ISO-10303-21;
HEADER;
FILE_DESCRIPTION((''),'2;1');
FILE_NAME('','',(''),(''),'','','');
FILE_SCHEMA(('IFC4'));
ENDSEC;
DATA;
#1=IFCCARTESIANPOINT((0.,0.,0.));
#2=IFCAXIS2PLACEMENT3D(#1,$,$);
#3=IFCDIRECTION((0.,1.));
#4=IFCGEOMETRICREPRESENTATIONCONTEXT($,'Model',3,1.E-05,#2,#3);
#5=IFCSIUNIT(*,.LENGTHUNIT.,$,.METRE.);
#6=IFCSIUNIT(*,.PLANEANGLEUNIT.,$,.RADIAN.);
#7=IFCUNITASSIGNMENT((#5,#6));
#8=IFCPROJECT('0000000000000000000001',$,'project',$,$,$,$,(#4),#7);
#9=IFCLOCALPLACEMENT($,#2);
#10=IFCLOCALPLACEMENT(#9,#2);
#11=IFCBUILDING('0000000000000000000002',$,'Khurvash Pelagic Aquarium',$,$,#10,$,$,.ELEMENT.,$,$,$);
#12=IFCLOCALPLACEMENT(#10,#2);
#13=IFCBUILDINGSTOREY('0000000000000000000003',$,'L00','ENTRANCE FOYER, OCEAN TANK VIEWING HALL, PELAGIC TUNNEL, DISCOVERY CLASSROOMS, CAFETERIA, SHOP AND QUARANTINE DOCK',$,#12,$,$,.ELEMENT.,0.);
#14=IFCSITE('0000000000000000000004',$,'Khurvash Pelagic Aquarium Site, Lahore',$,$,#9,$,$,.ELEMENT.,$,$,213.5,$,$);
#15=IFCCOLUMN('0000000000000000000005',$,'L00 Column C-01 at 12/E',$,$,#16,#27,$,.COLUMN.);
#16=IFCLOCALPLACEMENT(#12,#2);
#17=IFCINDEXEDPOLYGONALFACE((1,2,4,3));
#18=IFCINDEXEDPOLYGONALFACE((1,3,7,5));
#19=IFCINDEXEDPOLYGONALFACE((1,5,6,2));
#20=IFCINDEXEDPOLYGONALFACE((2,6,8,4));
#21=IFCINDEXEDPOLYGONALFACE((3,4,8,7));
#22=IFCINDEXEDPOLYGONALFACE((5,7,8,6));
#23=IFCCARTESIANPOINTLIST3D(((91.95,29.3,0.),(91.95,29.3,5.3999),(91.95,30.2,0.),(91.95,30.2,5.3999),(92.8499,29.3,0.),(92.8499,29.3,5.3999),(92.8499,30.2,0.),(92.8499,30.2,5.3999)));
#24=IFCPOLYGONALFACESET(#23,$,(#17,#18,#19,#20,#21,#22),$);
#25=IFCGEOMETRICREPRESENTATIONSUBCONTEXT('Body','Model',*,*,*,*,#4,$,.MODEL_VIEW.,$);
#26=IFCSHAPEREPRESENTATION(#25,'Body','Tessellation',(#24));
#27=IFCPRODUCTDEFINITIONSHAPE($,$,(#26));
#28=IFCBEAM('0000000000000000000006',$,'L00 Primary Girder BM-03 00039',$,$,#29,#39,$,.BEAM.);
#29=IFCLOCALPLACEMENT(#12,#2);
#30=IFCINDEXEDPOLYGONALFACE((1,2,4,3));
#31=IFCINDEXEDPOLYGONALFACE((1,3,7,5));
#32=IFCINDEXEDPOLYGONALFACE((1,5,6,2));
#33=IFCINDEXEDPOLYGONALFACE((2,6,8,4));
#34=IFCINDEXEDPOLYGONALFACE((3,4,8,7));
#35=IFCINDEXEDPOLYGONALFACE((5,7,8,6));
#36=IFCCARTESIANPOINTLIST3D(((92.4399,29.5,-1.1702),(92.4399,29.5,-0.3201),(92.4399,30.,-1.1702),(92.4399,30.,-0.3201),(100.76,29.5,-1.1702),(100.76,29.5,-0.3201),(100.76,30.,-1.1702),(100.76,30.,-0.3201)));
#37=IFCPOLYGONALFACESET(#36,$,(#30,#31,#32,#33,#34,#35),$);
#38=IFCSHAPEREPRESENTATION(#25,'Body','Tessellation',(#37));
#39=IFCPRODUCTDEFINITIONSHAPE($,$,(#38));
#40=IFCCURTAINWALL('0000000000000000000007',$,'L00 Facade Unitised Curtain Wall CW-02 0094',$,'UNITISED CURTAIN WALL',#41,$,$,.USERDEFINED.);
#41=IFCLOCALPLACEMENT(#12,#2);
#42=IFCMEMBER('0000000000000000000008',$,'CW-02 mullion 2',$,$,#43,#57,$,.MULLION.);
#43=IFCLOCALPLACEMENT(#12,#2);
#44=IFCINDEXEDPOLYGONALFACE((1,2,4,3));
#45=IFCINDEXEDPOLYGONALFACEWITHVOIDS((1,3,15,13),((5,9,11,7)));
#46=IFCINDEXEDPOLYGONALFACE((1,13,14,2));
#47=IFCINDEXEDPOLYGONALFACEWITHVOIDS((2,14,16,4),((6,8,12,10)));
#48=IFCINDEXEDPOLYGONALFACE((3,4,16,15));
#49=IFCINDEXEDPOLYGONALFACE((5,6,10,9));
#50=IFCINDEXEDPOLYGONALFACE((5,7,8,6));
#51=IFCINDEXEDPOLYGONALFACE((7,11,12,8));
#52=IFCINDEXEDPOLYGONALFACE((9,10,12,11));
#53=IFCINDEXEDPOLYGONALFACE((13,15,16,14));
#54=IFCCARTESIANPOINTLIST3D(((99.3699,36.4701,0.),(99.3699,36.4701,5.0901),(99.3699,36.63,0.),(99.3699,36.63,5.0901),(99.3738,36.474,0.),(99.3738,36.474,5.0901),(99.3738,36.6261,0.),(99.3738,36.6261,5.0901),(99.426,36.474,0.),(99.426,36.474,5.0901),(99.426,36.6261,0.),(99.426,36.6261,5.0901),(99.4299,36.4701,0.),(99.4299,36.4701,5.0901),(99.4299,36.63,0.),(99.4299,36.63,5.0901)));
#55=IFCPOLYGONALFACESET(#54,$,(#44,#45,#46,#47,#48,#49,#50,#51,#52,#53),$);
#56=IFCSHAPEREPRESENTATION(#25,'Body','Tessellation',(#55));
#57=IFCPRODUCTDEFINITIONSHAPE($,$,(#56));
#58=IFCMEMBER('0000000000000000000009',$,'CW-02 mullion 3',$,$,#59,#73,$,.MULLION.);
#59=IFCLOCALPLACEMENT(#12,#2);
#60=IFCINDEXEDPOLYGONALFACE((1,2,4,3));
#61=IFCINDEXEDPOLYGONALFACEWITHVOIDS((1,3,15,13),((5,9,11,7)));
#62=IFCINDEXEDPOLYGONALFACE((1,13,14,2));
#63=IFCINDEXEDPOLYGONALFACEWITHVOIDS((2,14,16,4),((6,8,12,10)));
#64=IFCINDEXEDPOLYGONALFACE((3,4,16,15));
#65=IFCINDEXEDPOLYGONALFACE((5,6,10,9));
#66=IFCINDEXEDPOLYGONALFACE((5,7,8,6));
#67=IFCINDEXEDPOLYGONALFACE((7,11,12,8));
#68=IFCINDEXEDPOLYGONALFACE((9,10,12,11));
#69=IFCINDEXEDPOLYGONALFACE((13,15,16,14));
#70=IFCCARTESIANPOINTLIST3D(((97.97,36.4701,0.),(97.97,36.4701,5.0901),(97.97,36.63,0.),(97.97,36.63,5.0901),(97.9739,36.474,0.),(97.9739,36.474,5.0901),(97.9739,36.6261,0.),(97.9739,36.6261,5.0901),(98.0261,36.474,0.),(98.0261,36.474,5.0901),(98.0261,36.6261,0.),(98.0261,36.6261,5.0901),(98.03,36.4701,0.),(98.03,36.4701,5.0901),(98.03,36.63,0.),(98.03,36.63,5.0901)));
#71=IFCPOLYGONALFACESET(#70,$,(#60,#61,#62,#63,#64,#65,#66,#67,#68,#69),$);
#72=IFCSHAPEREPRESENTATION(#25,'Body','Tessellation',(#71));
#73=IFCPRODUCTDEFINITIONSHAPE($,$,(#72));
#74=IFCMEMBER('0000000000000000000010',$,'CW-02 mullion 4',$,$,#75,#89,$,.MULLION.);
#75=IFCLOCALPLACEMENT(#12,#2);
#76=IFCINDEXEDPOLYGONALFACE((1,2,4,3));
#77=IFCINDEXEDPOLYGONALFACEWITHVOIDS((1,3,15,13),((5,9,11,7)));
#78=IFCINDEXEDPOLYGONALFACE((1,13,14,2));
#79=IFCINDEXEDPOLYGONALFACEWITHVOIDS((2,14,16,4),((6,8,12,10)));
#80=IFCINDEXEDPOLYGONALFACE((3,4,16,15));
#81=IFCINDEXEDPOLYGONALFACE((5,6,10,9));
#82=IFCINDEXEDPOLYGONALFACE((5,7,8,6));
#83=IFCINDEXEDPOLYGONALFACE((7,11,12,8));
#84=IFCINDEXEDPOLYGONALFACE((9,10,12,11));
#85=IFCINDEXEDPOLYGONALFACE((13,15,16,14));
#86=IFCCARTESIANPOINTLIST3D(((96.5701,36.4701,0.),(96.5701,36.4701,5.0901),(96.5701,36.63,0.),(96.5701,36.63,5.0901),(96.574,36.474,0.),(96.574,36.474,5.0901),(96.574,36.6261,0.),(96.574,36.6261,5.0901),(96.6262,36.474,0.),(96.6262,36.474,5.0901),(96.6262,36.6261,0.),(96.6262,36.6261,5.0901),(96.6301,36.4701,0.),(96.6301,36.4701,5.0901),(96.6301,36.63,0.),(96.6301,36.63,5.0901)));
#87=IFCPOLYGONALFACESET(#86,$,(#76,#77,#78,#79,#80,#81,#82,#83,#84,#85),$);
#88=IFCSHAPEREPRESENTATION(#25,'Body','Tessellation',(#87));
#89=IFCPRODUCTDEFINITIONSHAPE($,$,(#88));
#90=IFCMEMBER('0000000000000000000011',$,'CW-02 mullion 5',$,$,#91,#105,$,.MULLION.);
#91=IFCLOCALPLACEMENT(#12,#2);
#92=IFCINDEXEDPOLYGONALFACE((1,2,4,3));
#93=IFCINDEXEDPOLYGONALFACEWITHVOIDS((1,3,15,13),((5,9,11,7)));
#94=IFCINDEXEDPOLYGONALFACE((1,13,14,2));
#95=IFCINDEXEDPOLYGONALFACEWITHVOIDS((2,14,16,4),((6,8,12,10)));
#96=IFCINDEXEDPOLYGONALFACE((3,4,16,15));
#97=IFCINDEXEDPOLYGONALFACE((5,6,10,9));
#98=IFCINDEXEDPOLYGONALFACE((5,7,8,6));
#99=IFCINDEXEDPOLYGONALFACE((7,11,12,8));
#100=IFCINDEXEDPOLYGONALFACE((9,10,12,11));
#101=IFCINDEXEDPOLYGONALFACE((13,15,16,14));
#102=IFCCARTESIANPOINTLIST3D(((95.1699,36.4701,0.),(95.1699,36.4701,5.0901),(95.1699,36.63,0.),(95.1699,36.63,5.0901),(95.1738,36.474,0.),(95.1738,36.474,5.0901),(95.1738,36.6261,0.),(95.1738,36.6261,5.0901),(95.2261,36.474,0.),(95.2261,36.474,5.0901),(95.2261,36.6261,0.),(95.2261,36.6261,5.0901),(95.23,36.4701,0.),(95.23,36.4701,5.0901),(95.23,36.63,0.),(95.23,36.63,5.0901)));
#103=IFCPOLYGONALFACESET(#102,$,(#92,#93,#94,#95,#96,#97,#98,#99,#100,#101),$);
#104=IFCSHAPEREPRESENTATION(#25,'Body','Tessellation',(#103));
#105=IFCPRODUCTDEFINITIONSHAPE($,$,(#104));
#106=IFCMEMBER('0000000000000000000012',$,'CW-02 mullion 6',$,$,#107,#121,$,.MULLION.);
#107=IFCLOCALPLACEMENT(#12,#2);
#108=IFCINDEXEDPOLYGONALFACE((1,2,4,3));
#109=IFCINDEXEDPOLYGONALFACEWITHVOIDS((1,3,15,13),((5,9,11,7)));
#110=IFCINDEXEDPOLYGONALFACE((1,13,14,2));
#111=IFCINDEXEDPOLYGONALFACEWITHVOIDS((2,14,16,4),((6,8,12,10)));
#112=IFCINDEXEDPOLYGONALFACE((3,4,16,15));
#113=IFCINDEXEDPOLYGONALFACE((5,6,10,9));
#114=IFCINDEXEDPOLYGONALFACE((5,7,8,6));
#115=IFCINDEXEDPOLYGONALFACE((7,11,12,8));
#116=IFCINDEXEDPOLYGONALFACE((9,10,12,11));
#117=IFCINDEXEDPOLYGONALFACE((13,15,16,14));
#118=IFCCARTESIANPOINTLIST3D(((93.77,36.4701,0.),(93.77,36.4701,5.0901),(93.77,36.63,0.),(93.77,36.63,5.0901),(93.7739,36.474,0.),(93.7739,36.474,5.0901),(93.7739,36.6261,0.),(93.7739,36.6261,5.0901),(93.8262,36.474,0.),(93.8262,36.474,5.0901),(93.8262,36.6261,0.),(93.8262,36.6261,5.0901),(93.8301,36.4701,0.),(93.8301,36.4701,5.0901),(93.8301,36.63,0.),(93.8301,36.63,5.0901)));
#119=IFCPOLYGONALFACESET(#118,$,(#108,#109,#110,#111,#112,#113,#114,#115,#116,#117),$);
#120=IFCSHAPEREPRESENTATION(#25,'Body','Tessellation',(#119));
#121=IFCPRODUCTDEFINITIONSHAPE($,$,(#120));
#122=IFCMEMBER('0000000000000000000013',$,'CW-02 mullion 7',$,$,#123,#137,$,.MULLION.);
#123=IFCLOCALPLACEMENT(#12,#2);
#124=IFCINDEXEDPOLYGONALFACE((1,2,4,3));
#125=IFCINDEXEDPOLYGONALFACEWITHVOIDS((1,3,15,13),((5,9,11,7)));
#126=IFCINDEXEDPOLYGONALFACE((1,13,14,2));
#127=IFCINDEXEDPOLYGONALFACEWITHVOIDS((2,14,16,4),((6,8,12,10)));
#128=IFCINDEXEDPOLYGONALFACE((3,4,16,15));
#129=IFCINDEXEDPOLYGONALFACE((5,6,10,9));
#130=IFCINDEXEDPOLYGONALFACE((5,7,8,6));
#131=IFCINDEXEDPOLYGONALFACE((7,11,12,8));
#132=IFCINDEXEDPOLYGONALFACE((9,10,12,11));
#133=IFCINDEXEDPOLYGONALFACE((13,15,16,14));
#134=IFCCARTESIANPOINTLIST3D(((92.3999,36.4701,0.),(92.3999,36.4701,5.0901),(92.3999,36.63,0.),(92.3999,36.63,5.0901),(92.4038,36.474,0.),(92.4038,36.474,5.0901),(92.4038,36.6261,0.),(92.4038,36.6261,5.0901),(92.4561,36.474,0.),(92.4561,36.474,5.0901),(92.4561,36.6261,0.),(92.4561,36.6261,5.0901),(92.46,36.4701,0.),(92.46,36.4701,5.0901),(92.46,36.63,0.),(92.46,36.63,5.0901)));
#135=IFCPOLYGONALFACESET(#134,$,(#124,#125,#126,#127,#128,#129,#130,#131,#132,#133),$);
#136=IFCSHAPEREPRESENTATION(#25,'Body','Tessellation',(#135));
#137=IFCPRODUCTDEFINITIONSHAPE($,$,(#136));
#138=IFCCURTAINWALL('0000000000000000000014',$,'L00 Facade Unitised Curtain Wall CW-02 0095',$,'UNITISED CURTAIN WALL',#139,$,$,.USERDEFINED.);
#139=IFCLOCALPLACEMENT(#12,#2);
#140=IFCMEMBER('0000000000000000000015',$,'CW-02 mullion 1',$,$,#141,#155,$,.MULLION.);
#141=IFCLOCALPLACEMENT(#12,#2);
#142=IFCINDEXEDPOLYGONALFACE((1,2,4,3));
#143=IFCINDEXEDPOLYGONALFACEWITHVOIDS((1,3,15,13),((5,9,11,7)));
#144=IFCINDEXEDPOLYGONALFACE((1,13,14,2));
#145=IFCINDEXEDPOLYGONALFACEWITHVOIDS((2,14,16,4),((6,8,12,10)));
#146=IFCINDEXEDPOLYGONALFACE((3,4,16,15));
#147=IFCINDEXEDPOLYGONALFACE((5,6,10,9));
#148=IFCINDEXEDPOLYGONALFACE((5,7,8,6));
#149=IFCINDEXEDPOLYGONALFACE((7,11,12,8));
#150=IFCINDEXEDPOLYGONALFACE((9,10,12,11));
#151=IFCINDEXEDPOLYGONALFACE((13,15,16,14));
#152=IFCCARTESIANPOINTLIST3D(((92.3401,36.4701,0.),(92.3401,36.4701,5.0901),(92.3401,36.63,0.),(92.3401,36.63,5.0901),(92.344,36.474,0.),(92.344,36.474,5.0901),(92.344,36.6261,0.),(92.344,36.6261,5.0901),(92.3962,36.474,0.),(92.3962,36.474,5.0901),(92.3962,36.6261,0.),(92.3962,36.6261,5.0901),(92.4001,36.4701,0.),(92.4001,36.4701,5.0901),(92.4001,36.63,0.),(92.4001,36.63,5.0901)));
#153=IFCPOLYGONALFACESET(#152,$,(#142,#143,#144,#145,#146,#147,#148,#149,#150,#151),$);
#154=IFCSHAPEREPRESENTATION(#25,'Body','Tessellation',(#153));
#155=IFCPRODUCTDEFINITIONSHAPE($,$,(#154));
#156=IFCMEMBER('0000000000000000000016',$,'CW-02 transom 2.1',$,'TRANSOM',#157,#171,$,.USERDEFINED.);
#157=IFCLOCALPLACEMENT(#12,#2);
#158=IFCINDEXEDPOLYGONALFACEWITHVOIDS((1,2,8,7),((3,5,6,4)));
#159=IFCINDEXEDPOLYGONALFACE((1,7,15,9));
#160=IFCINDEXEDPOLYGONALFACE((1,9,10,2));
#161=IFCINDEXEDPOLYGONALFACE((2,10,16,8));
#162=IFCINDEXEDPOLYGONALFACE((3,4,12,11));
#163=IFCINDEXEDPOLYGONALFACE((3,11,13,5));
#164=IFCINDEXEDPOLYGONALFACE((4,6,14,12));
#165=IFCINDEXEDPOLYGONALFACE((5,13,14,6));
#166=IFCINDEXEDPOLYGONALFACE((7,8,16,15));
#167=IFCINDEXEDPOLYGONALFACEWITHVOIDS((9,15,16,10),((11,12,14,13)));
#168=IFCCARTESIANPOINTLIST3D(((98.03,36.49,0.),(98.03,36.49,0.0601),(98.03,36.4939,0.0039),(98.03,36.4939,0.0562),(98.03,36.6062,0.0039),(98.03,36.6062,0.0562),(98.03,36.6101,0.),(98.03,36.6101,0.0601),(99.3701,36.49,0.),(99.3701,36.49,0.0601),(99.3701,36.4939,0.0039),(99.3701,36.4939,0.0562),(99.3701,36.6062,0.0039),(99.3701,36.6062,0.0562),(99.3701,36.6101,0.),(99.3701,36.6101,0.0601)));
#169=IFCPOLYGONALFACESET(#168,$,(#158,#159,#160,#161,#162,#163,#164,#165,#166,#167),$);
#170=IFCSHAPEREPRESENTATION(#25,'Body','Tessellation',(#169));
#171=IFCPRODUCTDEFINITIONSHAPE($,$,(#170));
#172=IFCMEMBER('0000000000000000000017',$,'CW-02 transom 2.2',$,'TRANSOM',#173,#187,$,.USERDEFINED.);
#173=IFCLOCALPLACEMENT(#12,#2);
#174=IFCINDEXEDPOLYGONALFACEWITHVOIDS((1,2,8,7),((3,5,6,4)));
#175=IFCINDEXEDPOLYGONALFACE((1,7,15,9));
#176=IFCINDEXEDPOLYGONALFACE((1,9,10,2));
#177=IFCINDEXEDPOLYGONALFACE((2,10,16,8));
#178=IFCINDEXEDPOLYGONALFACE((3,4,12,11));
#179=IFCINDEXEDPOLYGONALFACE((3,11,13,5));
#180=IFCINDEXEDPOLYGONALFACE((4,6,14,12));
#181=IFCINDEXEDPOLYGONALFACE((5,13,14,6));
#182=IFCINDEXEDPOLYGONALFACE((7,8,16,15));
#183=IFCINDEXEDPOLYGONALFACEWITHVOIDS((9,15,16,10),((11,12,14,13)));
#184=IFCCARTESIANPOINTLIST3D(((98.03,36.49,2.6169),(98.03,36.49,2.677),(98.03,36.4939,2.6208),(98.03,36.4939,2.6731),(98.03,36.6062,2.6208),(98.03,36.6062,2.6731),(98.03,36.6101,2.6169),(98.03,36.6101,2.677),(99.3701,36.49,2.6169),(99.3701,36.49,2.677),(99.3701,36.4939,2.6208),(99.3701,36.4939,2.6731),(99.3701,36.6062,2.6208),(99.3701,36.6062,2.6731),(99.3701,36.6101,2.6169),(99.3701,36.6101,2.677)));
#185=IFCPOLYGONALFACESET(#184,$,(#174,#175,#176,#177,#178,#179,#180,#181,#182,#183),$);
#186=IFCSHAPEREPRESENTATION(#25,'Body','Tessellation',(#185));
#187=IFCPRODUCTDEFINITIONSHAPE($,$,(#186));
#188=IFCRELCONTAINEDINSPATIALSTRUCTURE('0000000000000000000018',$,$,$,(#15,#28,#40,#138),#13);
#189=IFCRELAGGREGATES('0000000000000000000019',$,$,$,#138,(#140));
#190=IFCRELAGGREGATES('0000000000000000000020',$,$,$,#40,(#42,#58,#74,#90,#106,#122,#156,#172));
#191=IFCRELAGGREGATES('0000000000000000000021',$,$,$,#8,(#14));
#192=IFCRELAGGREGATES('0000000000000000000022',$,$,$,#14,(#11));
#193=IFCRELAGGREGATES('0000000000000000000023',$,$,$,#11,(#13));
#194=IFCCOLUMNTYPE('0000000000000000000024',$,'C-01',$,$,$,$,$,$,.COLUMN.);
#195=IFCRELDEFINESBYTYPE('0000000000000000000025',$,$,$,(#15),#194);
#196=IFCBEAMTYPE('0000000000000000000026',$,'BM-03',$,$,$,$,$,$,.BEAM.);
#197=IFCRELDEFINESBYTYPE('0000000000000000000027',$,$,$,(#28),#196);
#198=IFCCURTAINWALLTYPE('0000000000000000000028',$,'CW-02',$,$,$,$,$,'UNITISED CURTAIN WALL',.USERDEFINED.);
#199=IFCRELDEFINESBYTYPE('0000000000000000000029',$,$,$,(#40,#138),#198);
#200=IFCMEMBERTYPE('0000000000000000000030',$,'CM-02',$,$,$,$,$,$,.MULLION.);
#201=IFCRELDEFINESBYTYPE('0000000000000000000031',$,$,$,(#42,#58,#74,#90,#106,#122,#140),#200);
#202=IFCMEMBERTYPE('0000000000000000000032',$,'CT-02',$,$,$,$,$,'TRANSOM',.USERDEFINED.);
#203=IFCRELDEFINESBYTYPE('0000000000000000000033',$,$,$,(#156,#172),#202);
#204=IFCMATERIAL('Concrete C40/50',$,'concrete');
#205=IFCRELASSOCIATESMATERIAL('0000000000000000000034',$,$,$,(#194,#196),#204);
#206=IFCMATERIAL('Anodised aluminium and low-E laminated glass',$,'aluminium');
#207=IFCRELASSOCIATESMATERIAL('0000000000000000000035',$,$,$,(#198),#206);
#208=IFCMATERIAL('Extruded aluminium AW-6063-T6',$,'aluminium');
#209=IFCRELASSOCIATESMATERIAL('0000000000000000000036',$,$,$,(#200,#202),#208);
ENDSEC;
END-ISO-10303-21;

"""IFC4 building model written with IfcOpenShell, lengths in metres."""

from ifc_helpers import new_model, si_unit, direction, frame, origin, origin_2d, place, context, subcontext, project, spatial, rectangle, hollow_rectangle, extrude, material, material_profile, profile_set, type_object, element, aggregate, save


model = new_model("IFC4")

# Units and contexts
model_context = context("Model", 3, precision=1e-05, world=origin(), true_north=direction((0.0, 1.0)))
body_context = subcontext(model_context, "Body", "Model", "MODEL_VIEW")
ifc_project = project(units=[si_unit("LENGTHUNIT", "METRE"), si_unit("PLANEANGLEUNIT", "RADIAN")], contexts=[model_context])

# Site, building, storey
site_placement = place(None, origin())
site = spatial("IfcSite", under=ifc_project, at=site_placement, Name="Khurvash Pelagic Aquarium Site, Lahore", CompositionType="ELEMENT", RefElevation=213.5)
building_placement = place(site_placement, origin())
building = spatial("IfcBuilding", under=site, at=building_placement, Name="Khurvash Pelagic Aquarium", CompositionType="ELEMENT")
storey_placement = place(building_placement, origin())
storey = spatial("IfcBuildingStorey", under=building, at=storey_placement, Name="L00", Description="ENTRANCE FOYER, OCEAN TANK VIEWING HALL, PELAGIC TUNNEL, DISCOVERY CLASSROOMS, CAFETERIA, SHOP AND QUARANTINE DOCK", CompositionType="ELEMENT", Elevation=0.0)

# Column
ifc_material_1 = material(Name="Concrete C40/50", Category="concrete")
ifc_material_profile_1 = material_profile(ifc_material_1, rectangle(XDim=0.8999, YDim=0.8999, at=origin_2d()), Name="RC900X900")
ifc_profile_set_1 = profile_set([ifc_material_profile_1], Name="Concrete C40/50")
column_type = type_object("IfcColumnType", Name="C-01", PredefinedType="COLUMN", material=ifc_profile_set_1)
column_placement = place(storey_placement, frame((92.3999, 29.75, 0.0), z_axis=(0.0, 0.0, 1.0), x_axis=(1.0, 0.0, 0.0)))
element("IfcColumn", 1, at=column_placement, inside=storey, type_object=column_type, Name="L00 Column C-01 at 12/E", PredefinedType="COLUMN", context=body_context, shape_type="SweptSolid", body=[
    extrude(rectangle(XDim=0.8999, YDim=0.8999, at=origin_2d()), origin(), (0.0, 0.0, 1.0), 5.3999),
])

# Beam
ifc_material_profile_2 = material_profile(ifc_material_1, rectangle(XDim=0.5, YDim=0.8501, at=origin_2d()), Name="RC500X850")
ifc_profile_set_2 = profile_set([ifc_material_profile_2], Name="Concrete C40/50")
beam_type = type_object("IfcBeamType", Name="BM-03", PredefinedType="BEAM", material=ifc_profile_set_2)
beam_placement = place(storey_placement, frame((92.4399, 29.75, -0.7451), z_axis=(1.0, 0.0, 0.0), x_axis=(0.0, 1.0, 0.0)))
element("IfcBeam", 2, at=beam_placement, inside=storey, type_object=beam_type, Name="L00 Primary Girder BM-03 00039", PredefinedType="BEAM", context=body_context, shape_type="SweptSolid", body=[
    extrude(rectangle(XDim=0.5, YDim=0.8501, at=origin_2d()), origin(), (0.0, 0.0, 1.0), 8.3201),
])

# Curtain wall, members
ifc_material_2 = material(Name="Anodised aluminium and low-E laminated glass", Category="aluminium")
curtain_wall_type = type_object("IfcCurtainWallType", Name="CW-02", ElementType="UNITISED CURTAIN WALL", PredefinedType="USERDEFINED", material=ifc_material_2)
curtain_wall_1_placement = place(storey_placement, origin())
curtain_wall_1 = element("IfcCurtainWall", 3, at=curtain_wall_1_placement, inside=storey, type_object=curtain_wall_type, Name="L00 Facade Unitised Curtain Wall CW-02 0094", ObjectType="UNITISED CURTAIN WALL", PredefinedType="USERDEFINED")
ifc_material_3 = material(Name="Extruded aluminium AW-6063-T6", Category="aluminium")
ifc_material_profile_3 = material_profile(ifc_material_3, hollow_rectangle(XDim=0.0601, YDim=0.1599, WallThickness=0.0039, at=origin_2d()), Name="CWM60X160X4")
ifc_profile_set_3 = profile_set([ifc_material_profile_3], Name="Extruded aluminium AW-6063-T6")
member_type_1 = type_object("IfcMemberType", Name="CM-02", PredefinedType="MULLION", material=ifc_profile_set_3)
member_1_placement = place(storey_placement, frame((99.3999, 36.55, 0.0), z_axis=(0.0, 0.0, 1.0), x_axis=(-1.0, 0.0, 0.0)))
member_1 = element("IfcMember", 4, at=member_1_placement, type_object=member_type_1, Name="CW-02 mullion 2", PredefinedType="MULLION", context=body_context, shape_type="SweptSolid", body=[
    extrude(hollow_rectangle(XDim=0.0601, YDim=0.1599, WallThickness=0.0039, at=origin_2d()), origin(), (0.0, 0.0, 1.0), 5.0901),
])
member_2_placement = place(storey_placement, frame((98.0, 36.55, 0.0), z_axis=(0.0, 0.0, 1.0), x_axis=(-1.0, 0.0, 0.0)))
member_2 = element("IfcMember", 5, at=member_2_placement, type_object=member_type_1, Name="CW-02 mullion 3", PredefinedType="MULLION", context=body_context, shape_type="SweptSolid", body=[
    extrude(hollow_rectangle(XDim=0.0601, YDim=0.1599, WallThickness=0.0039, at=origin_2d()), origin(), (0.0, 0.0, 1.0), 5.0901),
])
member_3_placement = place(storey_placement, frame((96.6001, 36.55, 0.0), z_axis=(0.0, 0.0, 1.0), x_axis=(-1.0, 0.0, 0.0)))
member_3 = element("IfcMember", 6, at=member_3_placement, type_object=member_type_1, Name="CW-02 mullion 4", PredefinedType="MULLION", context=body_context, shape_type="SweptSolid", body=[
    extrude(hollow_rectangle(XDim=0.0601, YDim=0.1599, WallThickness=0.0039, at=origin_2d()), origin(), (0.0, 0.0, 1.0), 5.0901),
])
member_4_placement = place(storey_placement, frame((95.2, 36.55, 0.0), z_axis=(0.0, 0.0, 1.0), x_axis=(-1.0, 0.0, 0.0)))
member_4 = element("IfcMember", 7, at=member_4_placement, type_object=member_type_1, Name="CW-02 mullion 5", PredefinedType="MULLION", context=body_context, shape_type="SweptSolid", body=[
    extrude(hollow_rectangle(XDim=0.0601, YDim=0.1599, WallThickness=0.0039, at=origin_2d()), origin(), (0.0, 0.0, 1.0), 5.0901),
])
member_5_placement = place(storey_placement, frame((93.8, 36.55, 0.0), z_axis=(0.0, 0.0, 1.0), x_axis=(-1.0, 0.0, 0.0)))
member_5 = element("IfcMember", 8, at=member_5_placement, type_object=member_type_1, Name="CW-02 mullion 6", PredefinedType="MULLION", context=body_context, shape_type="SweptSolid", body=[
    extrude(hollow_rectangle(XDim=0.0601, YDim=0.1599, WallThickness=0.0039, at=origin_2d()), origin(), (0.0, 0.0, 1.0), 5.0901),
])
member_6_placement = place(storey_placement, frame((92.4299, 36.55, 0.0), z_axis=(0.0, 0.0, 1.0), x_axis=(-1.0, 0.0, 0.0)))
member_6 = element("IfcMember", 9, at=member_6_placement, type_object=member_type_1, Name="CW-02 mullion 7", PredefinedType="MULLION", context=body_context, shape_type="SweptSolid", body=[
    extrude(hollow_rectangle(XDim=0.0601, YDim=0.1599, WallThickness=0.0039, at=origin_2d()), origin(), (0.0, 0.0, 1.0), 5.0901),
])

# Curtain wall, member
curtain_wall_2_placement = place(storey_placement, origin())
curtain_wall_2 = element("IfcCurtainWall", 10, at=curtain_wall_2_placement, inside=storey, type_object=curtain_wall_type, Name="L00 Facade Unitised Curtain Wall CW-02 0095", ObjectType="UNITISED CURTAIN WALL", PredefinedType="USERDEFINED")
member_7_placement = place(storey_placement, frame((92.3701, 36.55, 0.0), z_axis=(0.0, 0.0, 1.0), x_axis=(-1.0, 0.0, 0.0)))
member_7 = element("IfcMember", 11, at=member_7_placement, type_object=member_type_1, Name="CW-02 mullion 1", PredefinedType="MULLION", context=body_context, shape_type="SweptSolid", body=[
    extrude(hollow_rectangle(XDim=0.0601, YDim=0.1599, WallThickness=0.0039, at=origin_2d()), origin(), (0.0, 0.0, 1.0), 5.0901),
])

# Members
ifc_material_profile_4 = material_profile(ifc_material_3, hollow_rectangle(XDim=0.1201, YDim=0.0601, WallThickness=0.0039, at=origin_2d()), Name="CWT120X60X4")
ifc_profile_set_4 = profile_set([ifc_material_profile_4], Name="Extruded aluminium AW-6063-T6")
member_type_2 = type_object("IfcMemberType", Name="CT-02", ElementType="TRANSOM", PredefinedType="USERDEFINED", material=ifc_profile_set_4)
member_8_placement = place(storey_placement, frame((99.3701, 36.55, 0.03), z_axis=(-1.0, 0.0, 0.0), x_axis=(0.0, -1.0, 0.0)))
member_8 = element("IfcMember", 12, at=member_8_placement, type_object=member_type_2, Name="CW-02 transom 2.1", ObjectType="TRANSOM", PredefinedType="USERDEFINED", context=body_context, shape_type="SweptSolid", body=[
    extrude(hollow_rectangle(XDim=0.1201, YDim=0.0601, WallThickness=0.0039, at=origin_2d()), origin(), (0.0, 0.0, 1.0), 1.3401),
])
member_9_placement = place(storey_placement, frame((99.3701, 36.55, 2.647), z_axis=(-1.0, 0.0, 0.0), x_axis=(0.0, -1.0, 0.0)))
member_9 = element("IfcMember", 13, at=member_9_placement, type_object=member_type_2, Name="CW-02 transom 2.2", ObjectType="TRANSOM", PredefinedType="USERDEFINED", context=body_context, shape_type="SweptSolid", body=[
    extrude(hollow_rectangle(XDim=0.1201, YDim=0.0601, WallThickness=0.0039, at=origin_2d()), origin(), (0.0, 0.0, 1.0), 1.3401),
])
aggregate(curtain_wall_2, [member_7])

aggregate(curtain_wall_1, [member_1, member_2, member_3, member_4, member_5, member_6, member_8, member_9])

save(model, "model.ifc")
